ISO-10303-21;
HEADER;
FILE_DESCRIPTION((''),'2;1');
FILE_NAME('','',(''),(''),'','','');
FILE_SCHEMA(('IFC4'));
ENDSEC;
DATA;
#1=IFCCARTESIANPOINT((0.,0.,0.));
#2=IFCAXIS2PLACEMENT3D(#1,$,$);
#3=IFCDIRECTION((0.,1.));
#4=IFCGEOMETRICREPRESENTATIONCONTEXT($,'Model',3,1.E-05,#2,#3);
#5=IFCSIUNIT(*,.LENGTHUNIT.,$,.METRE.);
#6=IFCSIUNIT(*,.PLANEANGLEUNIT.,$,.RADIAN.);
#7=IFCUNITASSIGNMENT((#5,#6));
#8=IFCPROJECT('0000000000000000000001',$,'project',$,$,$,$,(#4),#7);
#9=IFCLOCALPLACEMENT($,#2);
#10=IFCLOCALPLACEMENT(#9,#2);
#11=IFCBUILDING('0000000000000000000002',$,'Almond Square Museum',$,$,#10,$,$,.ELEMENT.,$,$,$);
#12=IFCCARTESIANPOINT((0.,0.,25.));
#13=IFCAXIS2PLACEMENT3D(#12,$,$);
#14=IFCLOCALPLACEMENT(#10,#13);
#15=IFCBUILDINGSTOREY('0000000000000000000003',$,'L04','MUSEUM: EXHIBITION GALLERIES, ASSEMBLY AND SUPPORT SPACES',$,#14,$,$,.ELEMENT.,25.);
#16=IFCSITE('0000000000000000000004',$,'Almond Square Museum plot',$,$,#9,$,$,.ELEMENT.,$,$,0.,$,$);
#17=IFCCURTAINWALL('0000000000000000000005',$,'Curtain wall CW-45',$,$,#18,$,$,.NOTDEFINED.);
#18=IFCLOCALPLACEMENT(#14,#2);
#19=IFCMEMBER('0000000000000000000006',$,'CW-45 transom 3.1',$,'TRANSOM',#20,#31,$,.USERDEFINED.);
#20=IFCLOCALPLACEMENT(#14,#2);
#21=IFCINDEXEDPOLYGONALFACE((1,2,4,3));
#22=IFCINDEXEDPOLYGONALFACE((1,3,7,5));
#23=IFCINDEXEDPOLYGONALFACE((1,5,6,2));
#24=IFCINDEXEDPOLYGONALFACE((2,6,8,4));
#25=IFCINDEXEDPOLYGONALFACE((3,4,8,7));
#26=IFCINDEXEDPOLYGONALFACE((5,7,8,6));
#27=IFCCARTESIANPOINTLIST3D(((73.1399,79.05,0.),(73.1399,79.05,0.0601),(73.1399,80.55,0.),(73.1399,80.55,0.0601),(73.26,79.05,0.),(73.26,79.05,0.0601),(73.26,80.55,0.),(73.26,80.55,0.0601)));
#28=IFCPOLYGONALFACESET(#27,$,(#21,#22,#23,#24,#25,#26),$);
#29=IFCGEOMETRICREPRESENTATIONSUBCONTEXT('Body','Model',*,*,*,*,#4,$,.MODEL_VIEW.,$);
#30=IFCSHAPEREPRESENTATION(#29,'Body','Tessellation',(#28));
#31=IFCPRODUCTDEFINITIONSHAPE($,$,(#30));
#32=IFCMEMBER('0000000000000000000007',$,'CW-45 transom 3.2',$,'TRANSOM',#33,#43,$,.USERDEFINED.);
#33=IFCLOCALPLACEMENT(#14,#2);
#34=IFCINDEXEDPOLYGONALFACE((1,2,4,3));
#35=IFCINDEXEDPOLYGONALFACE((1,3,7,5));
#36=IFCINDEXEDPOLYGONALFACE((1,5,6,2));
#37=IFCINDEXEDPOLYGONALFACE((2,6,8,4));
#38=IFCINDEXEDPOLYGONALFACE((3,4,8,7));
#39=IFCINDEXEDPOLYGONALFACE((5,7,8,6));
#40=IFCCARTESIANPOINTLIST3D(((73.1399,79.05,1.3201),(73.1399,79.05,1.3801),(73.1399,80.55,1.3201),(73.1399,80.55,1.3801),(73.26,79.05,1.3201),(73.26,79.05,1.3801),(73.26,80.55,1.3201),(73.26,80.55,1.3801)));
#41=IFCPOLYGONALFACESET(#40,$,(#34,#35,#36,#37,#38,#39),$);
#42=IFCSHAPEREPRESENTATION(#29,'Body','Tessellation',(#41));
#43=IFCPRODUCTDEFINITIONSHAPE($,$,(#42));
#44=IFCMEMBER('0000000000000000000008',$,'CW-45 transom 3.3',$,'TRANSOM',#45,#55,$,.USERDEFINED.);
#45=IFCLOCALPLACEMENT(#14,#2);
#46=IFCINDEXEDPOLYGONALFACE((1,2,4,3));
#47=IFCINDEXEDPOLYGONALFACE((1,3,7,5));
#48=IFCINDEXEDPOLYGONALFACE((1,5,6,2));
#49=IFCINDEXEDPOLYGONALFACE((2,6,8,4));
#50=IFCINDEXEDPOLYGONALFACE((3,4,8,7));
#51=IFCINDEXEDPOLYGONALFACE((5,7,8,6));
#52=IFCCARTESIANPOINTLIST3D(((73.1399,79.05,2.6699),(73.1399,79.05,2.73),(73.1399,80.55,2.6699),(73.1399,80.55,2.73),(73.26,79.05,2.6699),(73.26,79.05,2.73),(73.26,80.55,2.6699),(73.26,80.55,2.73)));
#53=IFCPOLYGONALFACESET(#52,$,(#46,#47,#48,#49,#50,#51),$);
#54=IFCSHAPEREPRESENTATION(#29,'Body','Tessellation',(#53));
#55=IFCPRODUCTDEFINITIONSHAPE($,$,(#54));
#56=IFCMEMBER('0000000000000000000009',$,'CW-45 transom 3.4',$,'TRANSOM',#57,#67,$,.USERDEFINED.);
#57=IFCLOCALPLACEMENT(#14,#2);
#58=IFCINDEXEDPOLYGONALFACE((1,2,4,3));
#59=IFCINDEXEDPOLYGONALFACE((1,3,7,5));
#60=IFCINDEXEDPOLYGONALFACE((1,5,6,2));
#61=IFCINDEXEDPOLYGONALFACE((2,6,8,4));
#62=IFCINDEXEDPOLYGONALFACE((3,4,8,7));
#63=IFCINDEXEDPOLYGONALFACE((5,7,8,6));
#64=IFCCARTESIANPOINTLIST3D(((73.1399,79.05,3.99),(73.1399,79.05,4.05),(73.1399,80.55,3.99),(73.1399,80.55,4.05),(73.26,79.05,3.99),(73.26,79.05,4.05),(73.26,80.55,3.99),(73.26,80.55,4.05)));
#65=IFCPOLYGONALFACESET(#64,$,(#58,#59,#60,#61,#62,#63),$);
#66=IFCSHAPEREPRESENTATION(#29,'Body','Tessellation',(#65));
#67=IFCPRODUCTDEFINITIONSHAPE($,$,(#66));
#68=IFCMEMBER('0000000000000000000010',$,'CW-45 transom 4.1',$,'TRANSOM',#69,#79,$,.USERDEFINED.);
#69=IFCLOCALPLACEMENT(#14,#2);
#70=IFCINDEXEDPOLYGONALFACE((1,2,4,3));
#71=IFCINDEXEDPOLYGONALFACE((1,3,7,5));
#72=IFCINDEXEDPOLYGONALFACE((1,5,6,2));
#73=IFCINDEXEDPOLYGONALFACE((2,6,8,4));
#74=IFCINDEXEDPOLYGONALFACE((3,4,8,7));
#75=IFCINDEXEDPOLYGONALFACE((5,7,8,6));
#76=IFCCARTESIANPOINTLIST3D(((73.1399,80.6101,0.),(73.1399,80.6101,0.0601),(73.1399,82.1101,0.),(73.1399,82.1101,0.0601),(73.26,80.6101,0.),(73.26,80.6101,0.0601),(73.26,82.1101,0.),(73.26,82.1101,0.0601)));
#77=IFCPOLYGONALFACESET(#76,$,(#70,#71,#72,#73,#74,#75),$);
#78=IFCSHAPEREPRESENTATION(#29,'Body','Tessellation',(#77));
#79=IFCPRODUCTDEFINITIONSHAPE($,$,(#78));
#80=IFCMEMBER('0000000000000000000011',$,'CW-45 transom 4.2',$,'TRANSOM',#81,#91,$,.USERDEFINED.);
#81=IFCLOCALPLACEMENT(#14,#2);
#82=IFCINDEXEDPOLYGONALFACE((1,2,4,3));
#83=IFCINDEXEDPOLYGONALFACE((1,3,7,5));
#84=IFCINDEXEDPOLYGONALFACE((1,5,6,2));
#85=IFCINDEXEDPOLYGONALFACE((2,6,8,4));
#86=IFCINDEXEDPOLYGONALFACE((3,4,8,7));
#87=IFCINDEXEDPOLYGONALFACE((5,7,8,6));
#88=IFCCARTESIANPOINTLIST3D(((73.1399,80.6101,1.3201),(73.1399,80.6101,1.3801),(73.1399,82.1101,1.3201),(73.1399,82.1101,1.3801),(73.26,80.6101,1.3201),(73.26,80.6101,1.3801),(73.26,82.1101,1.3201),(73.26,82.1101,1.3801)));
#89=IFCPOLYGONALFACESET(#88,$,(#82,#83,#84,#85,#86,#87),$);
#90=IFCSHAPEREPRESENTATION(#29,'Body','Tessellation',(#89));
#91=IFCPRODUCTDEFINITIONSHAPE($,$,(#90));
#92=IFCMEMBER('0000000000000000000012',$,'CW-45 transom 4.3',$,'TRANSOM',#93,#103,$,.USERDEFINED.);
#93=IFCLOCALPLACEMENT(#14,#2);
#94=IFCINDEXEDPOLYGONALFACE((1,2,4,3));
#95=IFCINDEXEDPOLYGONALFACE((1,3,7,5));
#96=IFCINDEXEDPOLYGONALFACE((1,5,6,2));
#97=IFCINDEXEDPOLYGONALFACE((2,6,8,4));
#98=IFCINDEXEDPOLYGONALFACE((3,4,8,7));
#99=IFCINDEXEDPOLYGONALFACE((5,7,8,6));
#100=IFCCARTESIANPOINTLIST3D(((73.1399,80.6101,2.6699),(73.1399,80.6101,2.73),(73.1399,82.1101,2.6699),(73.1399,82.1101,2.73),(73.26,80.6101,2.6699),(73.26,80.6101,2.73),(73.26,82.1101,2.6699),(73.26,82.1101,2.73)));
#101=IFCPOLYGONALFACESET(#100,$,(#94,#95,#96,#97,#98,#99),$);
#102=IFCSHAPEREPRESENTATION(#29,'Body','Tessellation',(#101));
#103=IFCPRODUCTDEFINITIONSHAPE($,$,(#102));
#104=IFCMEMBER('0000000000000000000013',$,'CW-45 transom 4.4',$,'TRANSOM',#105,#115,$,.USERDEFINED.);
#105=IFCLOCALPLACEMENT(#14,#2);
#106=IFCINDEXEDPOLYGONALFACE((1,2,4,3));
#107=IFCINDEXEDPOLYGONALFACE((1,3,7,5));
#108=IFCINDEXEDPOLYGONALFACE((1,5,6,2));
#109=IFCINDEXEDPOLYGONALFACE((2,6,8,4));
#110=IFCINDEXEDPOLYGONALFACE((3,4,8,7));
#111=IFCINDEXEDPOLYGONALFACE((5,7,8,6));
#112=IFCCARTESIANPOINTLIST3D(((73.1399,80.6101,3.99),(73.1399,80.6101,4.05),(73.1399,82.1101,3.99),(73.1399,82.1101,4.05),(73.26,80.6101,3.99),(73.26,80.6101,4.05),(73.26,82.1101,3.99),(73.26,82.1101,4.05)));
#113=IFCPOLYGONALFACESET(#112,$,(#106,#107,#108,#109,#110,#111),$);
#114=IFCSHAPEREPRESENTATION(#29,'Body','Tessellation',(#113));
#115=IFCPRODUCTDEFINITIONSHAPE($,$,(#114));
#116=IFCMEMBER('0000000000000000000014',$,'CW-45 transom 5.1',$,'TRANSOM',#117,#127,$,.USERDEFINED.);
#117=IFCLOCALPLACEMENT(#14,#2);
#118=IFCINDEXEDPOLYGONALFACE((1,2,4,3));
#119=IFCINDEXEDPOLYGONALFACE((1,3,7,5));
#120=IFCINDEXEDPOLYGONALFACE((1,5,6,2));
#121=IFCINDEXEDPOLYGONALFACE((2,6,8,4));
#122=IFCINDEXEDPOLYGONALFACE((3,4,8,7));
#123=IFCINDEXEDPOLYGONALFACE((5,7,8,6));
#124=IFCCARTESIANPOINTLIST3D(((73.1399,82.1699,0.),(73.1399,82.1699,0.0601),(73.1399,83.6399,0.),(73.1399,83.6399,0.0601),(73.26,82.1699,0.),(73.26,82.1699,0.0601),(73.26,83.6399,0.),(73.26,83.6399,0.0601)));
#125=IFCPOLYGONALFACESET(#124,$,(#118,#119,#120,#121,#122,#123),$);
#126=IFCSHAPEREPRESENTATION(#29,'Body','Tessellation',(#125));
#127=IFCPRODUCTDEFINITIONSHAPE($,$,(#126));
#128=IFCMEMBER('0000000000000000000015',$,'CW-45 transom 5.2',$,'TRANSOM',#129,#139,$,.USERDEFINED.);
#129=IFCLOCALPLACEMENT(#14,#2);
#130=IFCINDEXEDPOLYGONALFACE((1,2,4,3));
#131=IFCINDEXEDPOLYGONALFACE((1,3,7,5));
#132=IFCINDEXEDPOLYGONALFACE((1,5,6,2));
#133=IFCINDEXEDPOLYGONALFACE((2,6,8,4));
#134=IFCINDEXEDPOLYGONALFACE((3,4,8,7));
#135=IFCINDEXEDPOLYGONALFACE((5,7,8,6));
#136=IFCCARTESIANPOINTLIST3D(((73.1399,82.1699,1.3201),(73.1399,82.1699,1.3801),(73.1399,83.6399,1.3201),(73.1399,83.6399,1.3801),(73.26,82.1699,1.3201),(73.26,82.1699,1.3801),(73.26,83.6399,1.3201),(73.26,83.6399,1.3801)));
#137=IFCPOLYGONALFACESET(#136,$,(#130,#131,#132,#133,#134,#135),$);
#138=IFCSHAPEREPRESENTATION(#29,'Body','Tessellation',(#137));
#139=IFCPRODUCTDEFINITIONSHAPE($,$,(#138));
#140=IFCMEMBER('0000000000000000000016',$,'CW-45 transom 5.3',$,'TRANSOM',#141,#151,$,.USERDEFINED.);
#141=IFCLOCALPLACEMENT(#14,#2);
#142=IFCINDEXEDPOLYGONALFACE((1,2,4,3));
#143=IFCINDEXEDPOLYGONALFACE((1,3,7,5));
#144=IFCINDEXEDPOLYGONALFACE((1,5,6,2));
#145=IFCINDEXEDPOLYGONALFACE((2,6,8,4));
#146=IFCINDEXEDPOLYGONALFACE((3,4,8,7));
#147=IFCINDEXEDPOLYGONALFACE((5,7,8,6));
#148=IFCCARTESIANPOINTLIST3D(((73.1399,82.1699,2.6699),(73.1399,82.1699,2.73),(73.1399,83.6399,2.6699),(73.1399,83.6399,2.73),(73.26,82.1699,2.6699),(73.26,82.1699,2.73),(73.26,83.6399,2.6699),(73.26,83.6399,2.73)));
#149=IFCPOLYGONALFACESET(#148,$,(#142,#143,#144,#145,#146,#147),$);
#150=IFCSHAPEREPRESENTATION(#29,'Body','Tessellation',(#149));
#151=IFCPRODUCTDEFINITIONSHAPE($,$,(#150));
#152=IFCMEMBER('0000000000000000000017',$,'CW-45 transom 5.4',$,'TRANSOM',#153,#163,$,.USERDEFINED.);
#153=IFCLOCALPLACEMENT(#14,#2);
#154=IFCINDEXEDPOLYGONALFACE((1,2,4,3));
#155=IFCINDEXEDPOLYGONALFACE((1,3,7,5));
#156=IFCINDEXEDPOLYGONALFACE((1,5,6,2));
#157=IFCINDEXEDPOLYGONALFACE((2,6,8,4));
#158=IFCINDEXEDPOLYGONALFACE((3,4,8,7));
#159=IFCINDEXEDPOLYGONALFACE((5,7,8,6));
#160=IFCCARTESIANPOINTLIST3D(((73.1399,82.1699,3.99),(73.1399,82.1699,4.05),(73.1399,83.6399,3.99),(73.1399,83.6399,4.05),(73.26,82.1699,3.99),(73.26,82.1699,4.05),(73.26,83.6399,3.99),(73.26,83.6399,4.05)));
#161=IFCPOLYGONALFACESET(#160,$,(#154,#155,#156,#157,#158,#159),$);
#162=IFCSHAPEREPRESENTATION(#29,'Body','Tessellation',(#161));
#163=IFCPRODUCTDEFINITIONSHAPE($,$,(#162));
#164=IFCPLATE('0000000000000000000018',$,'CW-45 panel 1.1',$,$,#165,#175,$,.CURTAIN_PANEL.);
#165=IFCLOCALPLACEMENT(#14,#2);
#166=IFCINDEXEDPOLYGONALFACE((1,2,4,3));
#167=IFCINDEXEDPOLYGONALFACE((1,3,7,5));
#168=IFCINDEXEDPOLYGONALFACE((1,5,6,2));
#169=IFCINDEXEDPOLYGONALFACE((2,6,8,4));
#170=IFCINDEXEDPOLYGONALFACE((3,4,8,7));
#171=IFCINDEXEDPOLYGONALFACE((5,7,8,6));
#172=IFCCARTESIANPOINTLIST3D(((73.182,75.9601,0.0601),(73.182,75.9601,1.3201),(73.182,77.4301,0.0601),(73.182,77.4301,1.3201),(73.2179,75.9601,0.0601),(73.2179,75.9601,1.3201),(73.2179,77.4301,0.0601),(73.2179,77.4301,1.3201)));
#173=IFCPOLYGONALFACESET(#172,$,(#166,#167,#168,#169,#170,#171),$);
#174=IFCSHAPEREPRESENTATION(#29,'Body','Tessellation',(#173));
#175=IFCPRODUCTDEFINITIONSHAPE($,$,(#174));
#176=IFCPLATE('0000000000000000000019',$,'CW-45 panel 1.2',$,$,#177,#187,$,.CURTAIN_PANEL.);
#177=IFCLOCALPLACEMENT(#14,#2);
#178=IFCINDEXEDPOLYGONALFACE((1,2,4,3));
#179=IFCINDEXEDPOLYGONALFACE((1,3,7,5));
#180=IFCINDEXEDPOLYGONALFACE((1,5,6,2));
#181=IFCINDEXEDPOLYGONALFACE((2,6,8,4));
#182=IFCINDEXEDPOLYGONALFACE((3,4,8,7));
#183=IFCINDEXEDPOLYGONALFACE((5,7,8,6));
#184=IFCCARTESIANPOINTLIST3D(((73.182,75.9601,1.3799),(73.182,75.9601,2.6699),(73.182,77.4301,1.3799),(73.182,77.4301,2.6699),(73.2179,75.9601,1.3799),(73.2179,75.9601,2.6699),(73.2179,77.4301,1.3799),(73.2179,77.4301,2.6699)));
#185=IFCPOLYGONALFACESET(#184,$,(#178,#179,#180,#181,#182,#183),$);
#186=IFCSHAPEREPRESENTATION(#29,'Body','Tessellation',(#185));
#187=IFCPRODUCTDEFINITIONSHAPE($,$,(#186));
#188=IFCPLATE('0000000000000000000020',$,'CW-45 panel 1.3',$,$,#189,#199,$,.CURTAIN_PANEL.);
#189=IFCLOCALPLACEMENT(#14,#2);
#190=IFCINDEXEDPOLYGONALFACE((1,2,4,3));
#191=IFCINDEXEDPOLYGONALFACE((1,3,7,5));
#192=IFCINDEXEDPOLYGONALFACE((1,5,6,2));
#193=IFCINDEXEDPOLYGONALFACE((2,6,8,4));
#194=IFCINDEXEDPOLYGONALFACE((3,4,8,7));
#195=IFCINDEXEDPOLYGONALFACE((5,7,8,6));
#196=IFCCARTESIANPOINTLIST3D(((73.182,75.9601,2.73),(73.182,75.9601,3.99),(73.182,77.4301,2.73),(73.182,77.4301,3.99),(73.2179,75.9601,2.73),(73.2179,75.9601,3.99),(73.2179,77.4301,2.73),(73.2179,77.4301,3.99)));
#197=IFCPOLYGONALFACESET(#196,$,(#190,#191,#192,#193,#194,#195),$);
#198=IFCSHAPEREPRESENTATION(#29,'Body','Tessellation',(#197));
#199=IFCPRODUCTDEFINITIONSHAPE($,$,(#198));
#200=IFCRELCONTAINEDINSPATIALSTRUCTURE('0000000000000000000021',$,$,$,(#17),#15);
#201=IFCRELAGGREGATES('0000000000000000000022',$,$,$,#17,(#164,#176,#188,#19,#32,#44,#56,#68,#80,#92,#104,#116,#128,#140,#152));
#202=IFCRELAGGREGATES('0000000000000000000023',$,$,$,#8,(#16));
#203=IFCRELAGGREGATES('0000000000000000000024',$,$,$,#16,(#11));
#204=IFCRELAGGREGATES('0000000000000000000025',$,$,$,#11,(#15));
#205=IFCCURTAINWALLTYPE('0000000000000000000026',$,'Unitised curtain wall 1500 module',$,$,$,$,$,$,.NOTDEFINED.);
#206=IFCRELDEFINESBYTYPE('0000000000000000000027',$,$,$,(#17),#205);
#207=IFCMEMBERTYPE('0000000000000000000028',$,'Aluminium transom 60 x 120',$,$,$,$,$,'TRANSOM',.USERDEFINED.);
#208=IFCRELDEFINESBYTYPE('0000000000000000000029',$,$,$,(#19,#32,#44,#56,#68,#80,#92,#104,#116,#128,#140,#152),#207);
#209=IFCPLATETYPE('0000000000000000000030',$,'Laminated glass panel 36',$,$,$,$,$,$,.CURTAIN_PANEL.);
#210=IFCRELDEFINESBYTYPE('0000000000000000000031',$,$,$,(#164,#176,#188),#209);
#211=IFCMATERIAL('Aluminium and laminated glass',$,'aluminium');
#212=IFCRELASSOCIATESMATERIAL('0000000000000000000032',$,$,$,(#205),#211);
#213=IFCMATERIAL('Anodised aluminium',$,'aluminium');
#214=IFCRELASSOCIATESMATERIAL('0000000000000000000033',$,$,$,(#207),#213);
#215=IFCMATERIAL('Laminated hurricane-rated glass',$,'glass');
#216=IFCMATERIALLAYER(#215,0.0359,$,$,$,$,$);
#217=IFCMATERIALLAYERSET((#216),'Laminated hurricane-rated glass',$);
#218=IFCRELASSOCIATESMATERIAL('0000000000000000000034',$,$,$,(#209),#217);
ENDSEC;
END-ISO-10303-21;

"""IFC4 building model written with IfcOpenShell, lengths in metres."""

from ifc_helpers import new_model, si_unit, direction, frame, origin, origin_2d, place, context, subcontext, project, spatial, rectangle, extrude, material, layer, layer_set, material_profile, profile_set, type_object, element, aggregate, save


model = new_model("IFC4")

# Units and contexts
model_context = context("Model", 3, precision=1e-05, world=origin(), true_north=direction((0.0, 1.0)))
body_context = subcontext(model_context, "Body", "Model", "MODEL_VIEW")
ifc_project = project(units=[si_unit("LENGTHUNIT", "METRE"), si_unit("PLANEANGLEUNIT", "RADIAN")], contexts=[model_context])

# Site, building, storey
site_placement = place(None, origin())
site = spatial("IfcSite", under=ifc_project, at=site_placement, Name="Almond Square Museum plot", CompositionType="ELEMENT", RefElevation=0.0)
building_placement = place(site_placement, origin())
building = spatial("IfcBuilding", under=site, at=building_placement, Name="Almond Square Museum", CompositionType="ELEMENT")
storey_placement = place(building_placement, frame((0.0, 0.0, 25.0)))
storey = spatial("IfcBuildingStorey", under=building, at=storey_placement, Name="L04", Description="MUSEUM: EXHIBITION GALLERIES, ASSEMBLY AND SUPPORT SPACES", CompositionType="ELEMENT", Elevation=25.0)

# Curtain wall, members, plates
ifc_material_1 = material(Name="Aluminium and laminated glass", Category="aluminium")
curtain_wall_type = type_object("IfcCurtainWallType", Name="Unitised curtain wall 1500 module", PredefinedType="NOTDEFINED", material=ifc_material_1)
curtain_wall_placement = place(storey_placement, origin())
curtain_wall = element("IfcCurtainWall", 1, at=curtain_wall_placement, inside=storey, type_object=curtain_wall_type, Name="Curtain wall CW-45", PredefinedType="NOTDEFINED")
ifc_material_2 = material(Name="Anodised aluminium", Category="aluminium")
ifc_material_profile_1 = material_profile(ifc_material_2, rectangle(XDim=0.1201, YDim=0.0601, at=origin_2d()))
ifc_profile_set_1 = profile_set([ifc_material_profile_1], Name="Anodised aluminium")
member_type_1 = type_object("IfcMemberType", Name="Aluminium transom 60 x 120", ElementType="TRANSOM", PredefinedType="USERDEFINED", material=ifc_profile_set_1)
member_1_placement = place(storey_placement, frame((73.2, 79.05, 0.03), z_axis=(0.0, 1.0, 0.0), x_axis=(-1.0, 0.0, 0.0)))
member_1 = element("IfcMember", 2, at=member_1_placement, type_object=member_type_1, Name="CW-45 transom 3.1", ObjectType="TRANSOM", PredefinedType="USERDEFINED", context=body_context, shape_type="SweptSolid", body=[
    extrude(rectangle(XDim=0.1201, YDim=0.0601, at=origin_2d()), origin(), (0.0, 0.0, 1.0), 1.5),
])
member_2_placement = place(storey_placement, frame((73.2, 79.05, 1.3501), z_axis=(0.0, 1.0, 0.0), x_axis=(-1.0, 0.0, 0.0)))
member_2 = element("IfcMember", 3, at=member_2_placement, type_object=member_type_1, Name="CW-45 transom 3.2", ObjectType="TRANSOM", PredefinedType="USERDEFINED", context=body_context, shape_type="SweptSolid", body=[
    extrude(rectangle(XDim=0.1201, YDim=0.0601, at=origin_2d()), origin(), (0.0, 0.0, 1.0), 1.5),
])
member_3_placement = place(storey_placement, frame((73.2, 79.05, 2.7), z_axis=(0.0, 1.0, 0.0), x_axis=(-1.0, 0.0, 0.0)))
member_3 = element("IfcMember", 4, at=member_3_placement, type_object=member_type_1, Name="CW-45 transom 3.3", ObjectType="TRANSOM", PredefinedType="USERDEFINED", context=body_context, shape_type="SweptSolid", body=[
    extrude(rectangle(XDim=0.1201, YDim=0.0601, at=origin_2d()), origin(), (0.0, 0.0, 1.0), 1.5),
])
member_4_placement = place(storey_placement, frame((73.2, 79.05, 4.02), z_axis=(0.0, 1.0, 0.0), x_axis=(-1.0, 0.0, 0.0)))
member_4 = element("IfcMember", 5, at=member_4_placement, type_object=member_type_1, Name="CW-45 transom 3.4", ObjectType="TRANSOM", PredefinedType="USERDEFINED", context=body_context, shape_type="SweptSolid", body=[
    extrude(rectangle(XDim=0.1201, YDim=0.0601, at=origin_2d()), origin(), (0.0, 0.0, 1.0), 1.5),
])
member_5_placement = place(storey_placement, frame((73.2, 80.6101, 0.03), z_axis=(0.0, 1.0, 0.0), x_axis=(-1.0, 0.0, 0.0)))
member_5 = element("IfcMember", 6, at=member_5_placement, type_object=member_type_1, Name="CW-45 transom 4.1", ObjectType="TRANSOM", PredefinedType="USERDEFINED", context=body_context, shape_type="SweptSolid", body=[
    extrude(rectangle(XDim=0.1201, YDim=0.0601, at=origin_2d()), origin(), (0.0, 0.0, 1.0), 1.5),
])
member_6_placement = place(storey_placement, frame((73.2, 80.6101, 1.3501), z_axis=(0.0, 1.0, 0.0), x_axis=(-1.0, 0.0, 0.0)))
member_6 = element("IfcMember", 7, at=member_6_placement, type_object=member_type_1, Name="CW-45 transom 4.2", ObjectType="TRANSOM", PredefinedType="USERDEFINED", context=body_context, shape_type="SweptSolid", body=[
    extrude(rectangle(XDim=0.1201, YDim=0.0601, at=origin_2d()), origin(), (0.0, 0.0, 1.0), 1.5),
])
member_7_placement = place(storey_placement, frame((73.2, 80.6101, 2.7), z_axis=(0.0, 1.0, 0.0), x_axis=(-1.0, 0.0, 0.0)))
member_7 = element("IfcMember", 8, at=member_7_placement, type_object=member_type_1, Name="CW-45 transom 4.3", ObjectType="TRANSOM", PredefinedType="USERDEFINED", context=body_context, shape_type="SweptSolid", body=[
    extrude(rectangle(XDim=0.1201, YDim=0.0601, at=origin_2d()), origin(), (0.0, 0.0, 1.0), 1.5),
])
member_8_placement = place(storey_placement, frame((73.2, 80.6101, 4.02), z_axis=(0.0, 1.0, 0.0), x_axis=(-1.0, 0.0, 0.0)))
member_8 = element("IfcMember", 9, at=member_8_placement, type_object=member_type_1, Name="CW-45 transom 4.4", ObjectType="TRANSOM", PredefinedType="USERDEFINED", context=body_context, shape_type="SweptSolid", body=[
    extrude(rectangle(XDim=0.1201, YDim=0.0601, at=origin_2d()), origin(), (0.0, 0.0, 1.0), 1.5),
])
member_9_placement = place(storey_placement, frame((73.2, 82.1699, 0.03), z_axis=(0.0, 1.0, 0.0), x_axis=(-1.0, 0.0, 0.0)))
member_9 = element("IfcMember", 10, at=member_9_placement, type_object=member_type_1, Name="CW-45 transom 5.1", ObjectType="TRANSOM", PredefinedType="USERDEFINED", context=body_context, shape_type="SweptSolid", body=[
    extrude(rectangle(XDim=0.1201, YDim=0.0601, at=origin_2d()), origin(), (0.0, 0.0, 1.0), 1.47),
])
member_10_placement = place(storey_placement, frame((73.2, 82.1699, 1.3501), z_axis=(0.0, 1.0, 0.0), x_axis=(-1.0, 0.0, 0.0)))
member_10 = element("IfcMember", 11, at=member_10_placement, type_object=member_type_1, Name="CW-45 transom 5.2", ObjectType="TRANSOM", PredefinedType="USERDEFINED", context=body_context, shape_type="SweptSolid", body=[
    extrude(rectangle(XDim=0.1201, YDim=0.0601, at=origin_2d()), origin(), (0.0, 0.0, 1.0), 1.47),
])
member_11_placement = place(storey_placement, frame((73.2, 82.1699, 2.7), z_axis=(0.0, 1.0, 0.0), x_axis=(-1.0, 0.0, 0.0)))
member_11 = element("IfcMember", 12, at=member_11_placement, type_object=member_type_1, Name="CW-45 transom 5.3", ObjectType="TRANSOM", PredefinedType="USERDEFINED", context=body_context, shape_type="SweptSolid", body=[
    extrude(rectangle(XDim=0.1201, YDim=0.0601, at=origin_2d()), origin(), (0.0, 0.0, 1.0), 1.47),
])
member_12_placement = place(storey_placement, frame((73.2, 82.1699, 4.02), z_axis=(0.0, 1.0, 0.0), x_axis=(-1.0, 0.0, 0.0)))
member_12 = element("IfcMember", 13, at=member_12_placement, type_object=member_type_1, Name="CW-45 transom 5.4", ObjectType="TRANSOM", PredefinedType="USERDEFINED", context=body_context, shape_type="SweptSolid", body=[
    extrude(rectangle(XDim=0.1201, YDim=0.0601, at=origin_2d()), origin(), (0.0, 0.0, 1.0), 1.47),
])
ifc_material_3 = material(Name="Laminated hurricane-rated glass", Category="glass")
ifc_layer = layer(ifc_material_3, 0.0359)
ifc_layer_set = layer_set([ifc_layer], Name="Laminated hurricane-rated glass")
plate_type = type_object("IfcPlateType", Name="Laminated glass panel 36", PredefinedType="CURTAIN_PANEL", material=ifc_layer_set)
plate_1_placement = place(storey_placement, frame((73.2, 76.6951, 0.0601), z_axis=(0.0, 0.0, 1.0), x_axis=(0.0, 1.0, 0.0)))
plate_1 = element("IfcPlate", 14, at=plate_1_placement, type_object=plate_type, Name="CW-45 panel 1.1", PredefinedType="CURTAIN_PANEL", context=body_context, shape_type="SweptSolid", body=[
    extrude(rectangle(XDim=1.47, YDim=0.0359, at=origin_2d()), origin(), (0.0, 0.0, 1.0), 1.26),
])
plate_2_placement = place(storey_placement, frame((73.2, 76.6951, 1.3799), z_axis=(0.0, 0.0, 1.0), x_axis=(0.0, 1.0, 0.0)))
plate_2 = element("IfcPlate", 15, at=plate_2_placement, type_object=plate_type, Name="CW-45 panel 1.2", PredefinedType="CURTAIN_PANEL", context=body_context, shape_type="SweptSolid", body=[
    extrude(rectangle(XDim=1.47, YDim=0.0359, at=origin_2d()), origin(), (0.0, 0.0, 1.0), 1.29),
])
plate_3_placement = place(storey_placement, frame((73.2, 76.6951, 2.73), z_axis=(0.0, 0.0, 1.0), x_axis=(0.0, 1.0, 0.0)))
plate_3 = element("IfcPlate", 16, at=plate_3_placement, type_object=plate_type, Name="CW-45 panel 1.3", PredefinedType="CURTAIN_PANEL", context=body_context, shape_type="SweptSolid", body=[
    extrude(rectangle(XDim=1.47, YDim=0.0359, at=origin_2d()), origin(), (0.0, 0.0, 1.0), 1.26),
])
aggregate(curtain_wall, [plate_1, plate_2, plate_3, member_1, member_2, member_3, member_4, member_5, member_6, member_7, member_8, member_9, member_10, member_11, member_12])

save(model, "model.ifc")
